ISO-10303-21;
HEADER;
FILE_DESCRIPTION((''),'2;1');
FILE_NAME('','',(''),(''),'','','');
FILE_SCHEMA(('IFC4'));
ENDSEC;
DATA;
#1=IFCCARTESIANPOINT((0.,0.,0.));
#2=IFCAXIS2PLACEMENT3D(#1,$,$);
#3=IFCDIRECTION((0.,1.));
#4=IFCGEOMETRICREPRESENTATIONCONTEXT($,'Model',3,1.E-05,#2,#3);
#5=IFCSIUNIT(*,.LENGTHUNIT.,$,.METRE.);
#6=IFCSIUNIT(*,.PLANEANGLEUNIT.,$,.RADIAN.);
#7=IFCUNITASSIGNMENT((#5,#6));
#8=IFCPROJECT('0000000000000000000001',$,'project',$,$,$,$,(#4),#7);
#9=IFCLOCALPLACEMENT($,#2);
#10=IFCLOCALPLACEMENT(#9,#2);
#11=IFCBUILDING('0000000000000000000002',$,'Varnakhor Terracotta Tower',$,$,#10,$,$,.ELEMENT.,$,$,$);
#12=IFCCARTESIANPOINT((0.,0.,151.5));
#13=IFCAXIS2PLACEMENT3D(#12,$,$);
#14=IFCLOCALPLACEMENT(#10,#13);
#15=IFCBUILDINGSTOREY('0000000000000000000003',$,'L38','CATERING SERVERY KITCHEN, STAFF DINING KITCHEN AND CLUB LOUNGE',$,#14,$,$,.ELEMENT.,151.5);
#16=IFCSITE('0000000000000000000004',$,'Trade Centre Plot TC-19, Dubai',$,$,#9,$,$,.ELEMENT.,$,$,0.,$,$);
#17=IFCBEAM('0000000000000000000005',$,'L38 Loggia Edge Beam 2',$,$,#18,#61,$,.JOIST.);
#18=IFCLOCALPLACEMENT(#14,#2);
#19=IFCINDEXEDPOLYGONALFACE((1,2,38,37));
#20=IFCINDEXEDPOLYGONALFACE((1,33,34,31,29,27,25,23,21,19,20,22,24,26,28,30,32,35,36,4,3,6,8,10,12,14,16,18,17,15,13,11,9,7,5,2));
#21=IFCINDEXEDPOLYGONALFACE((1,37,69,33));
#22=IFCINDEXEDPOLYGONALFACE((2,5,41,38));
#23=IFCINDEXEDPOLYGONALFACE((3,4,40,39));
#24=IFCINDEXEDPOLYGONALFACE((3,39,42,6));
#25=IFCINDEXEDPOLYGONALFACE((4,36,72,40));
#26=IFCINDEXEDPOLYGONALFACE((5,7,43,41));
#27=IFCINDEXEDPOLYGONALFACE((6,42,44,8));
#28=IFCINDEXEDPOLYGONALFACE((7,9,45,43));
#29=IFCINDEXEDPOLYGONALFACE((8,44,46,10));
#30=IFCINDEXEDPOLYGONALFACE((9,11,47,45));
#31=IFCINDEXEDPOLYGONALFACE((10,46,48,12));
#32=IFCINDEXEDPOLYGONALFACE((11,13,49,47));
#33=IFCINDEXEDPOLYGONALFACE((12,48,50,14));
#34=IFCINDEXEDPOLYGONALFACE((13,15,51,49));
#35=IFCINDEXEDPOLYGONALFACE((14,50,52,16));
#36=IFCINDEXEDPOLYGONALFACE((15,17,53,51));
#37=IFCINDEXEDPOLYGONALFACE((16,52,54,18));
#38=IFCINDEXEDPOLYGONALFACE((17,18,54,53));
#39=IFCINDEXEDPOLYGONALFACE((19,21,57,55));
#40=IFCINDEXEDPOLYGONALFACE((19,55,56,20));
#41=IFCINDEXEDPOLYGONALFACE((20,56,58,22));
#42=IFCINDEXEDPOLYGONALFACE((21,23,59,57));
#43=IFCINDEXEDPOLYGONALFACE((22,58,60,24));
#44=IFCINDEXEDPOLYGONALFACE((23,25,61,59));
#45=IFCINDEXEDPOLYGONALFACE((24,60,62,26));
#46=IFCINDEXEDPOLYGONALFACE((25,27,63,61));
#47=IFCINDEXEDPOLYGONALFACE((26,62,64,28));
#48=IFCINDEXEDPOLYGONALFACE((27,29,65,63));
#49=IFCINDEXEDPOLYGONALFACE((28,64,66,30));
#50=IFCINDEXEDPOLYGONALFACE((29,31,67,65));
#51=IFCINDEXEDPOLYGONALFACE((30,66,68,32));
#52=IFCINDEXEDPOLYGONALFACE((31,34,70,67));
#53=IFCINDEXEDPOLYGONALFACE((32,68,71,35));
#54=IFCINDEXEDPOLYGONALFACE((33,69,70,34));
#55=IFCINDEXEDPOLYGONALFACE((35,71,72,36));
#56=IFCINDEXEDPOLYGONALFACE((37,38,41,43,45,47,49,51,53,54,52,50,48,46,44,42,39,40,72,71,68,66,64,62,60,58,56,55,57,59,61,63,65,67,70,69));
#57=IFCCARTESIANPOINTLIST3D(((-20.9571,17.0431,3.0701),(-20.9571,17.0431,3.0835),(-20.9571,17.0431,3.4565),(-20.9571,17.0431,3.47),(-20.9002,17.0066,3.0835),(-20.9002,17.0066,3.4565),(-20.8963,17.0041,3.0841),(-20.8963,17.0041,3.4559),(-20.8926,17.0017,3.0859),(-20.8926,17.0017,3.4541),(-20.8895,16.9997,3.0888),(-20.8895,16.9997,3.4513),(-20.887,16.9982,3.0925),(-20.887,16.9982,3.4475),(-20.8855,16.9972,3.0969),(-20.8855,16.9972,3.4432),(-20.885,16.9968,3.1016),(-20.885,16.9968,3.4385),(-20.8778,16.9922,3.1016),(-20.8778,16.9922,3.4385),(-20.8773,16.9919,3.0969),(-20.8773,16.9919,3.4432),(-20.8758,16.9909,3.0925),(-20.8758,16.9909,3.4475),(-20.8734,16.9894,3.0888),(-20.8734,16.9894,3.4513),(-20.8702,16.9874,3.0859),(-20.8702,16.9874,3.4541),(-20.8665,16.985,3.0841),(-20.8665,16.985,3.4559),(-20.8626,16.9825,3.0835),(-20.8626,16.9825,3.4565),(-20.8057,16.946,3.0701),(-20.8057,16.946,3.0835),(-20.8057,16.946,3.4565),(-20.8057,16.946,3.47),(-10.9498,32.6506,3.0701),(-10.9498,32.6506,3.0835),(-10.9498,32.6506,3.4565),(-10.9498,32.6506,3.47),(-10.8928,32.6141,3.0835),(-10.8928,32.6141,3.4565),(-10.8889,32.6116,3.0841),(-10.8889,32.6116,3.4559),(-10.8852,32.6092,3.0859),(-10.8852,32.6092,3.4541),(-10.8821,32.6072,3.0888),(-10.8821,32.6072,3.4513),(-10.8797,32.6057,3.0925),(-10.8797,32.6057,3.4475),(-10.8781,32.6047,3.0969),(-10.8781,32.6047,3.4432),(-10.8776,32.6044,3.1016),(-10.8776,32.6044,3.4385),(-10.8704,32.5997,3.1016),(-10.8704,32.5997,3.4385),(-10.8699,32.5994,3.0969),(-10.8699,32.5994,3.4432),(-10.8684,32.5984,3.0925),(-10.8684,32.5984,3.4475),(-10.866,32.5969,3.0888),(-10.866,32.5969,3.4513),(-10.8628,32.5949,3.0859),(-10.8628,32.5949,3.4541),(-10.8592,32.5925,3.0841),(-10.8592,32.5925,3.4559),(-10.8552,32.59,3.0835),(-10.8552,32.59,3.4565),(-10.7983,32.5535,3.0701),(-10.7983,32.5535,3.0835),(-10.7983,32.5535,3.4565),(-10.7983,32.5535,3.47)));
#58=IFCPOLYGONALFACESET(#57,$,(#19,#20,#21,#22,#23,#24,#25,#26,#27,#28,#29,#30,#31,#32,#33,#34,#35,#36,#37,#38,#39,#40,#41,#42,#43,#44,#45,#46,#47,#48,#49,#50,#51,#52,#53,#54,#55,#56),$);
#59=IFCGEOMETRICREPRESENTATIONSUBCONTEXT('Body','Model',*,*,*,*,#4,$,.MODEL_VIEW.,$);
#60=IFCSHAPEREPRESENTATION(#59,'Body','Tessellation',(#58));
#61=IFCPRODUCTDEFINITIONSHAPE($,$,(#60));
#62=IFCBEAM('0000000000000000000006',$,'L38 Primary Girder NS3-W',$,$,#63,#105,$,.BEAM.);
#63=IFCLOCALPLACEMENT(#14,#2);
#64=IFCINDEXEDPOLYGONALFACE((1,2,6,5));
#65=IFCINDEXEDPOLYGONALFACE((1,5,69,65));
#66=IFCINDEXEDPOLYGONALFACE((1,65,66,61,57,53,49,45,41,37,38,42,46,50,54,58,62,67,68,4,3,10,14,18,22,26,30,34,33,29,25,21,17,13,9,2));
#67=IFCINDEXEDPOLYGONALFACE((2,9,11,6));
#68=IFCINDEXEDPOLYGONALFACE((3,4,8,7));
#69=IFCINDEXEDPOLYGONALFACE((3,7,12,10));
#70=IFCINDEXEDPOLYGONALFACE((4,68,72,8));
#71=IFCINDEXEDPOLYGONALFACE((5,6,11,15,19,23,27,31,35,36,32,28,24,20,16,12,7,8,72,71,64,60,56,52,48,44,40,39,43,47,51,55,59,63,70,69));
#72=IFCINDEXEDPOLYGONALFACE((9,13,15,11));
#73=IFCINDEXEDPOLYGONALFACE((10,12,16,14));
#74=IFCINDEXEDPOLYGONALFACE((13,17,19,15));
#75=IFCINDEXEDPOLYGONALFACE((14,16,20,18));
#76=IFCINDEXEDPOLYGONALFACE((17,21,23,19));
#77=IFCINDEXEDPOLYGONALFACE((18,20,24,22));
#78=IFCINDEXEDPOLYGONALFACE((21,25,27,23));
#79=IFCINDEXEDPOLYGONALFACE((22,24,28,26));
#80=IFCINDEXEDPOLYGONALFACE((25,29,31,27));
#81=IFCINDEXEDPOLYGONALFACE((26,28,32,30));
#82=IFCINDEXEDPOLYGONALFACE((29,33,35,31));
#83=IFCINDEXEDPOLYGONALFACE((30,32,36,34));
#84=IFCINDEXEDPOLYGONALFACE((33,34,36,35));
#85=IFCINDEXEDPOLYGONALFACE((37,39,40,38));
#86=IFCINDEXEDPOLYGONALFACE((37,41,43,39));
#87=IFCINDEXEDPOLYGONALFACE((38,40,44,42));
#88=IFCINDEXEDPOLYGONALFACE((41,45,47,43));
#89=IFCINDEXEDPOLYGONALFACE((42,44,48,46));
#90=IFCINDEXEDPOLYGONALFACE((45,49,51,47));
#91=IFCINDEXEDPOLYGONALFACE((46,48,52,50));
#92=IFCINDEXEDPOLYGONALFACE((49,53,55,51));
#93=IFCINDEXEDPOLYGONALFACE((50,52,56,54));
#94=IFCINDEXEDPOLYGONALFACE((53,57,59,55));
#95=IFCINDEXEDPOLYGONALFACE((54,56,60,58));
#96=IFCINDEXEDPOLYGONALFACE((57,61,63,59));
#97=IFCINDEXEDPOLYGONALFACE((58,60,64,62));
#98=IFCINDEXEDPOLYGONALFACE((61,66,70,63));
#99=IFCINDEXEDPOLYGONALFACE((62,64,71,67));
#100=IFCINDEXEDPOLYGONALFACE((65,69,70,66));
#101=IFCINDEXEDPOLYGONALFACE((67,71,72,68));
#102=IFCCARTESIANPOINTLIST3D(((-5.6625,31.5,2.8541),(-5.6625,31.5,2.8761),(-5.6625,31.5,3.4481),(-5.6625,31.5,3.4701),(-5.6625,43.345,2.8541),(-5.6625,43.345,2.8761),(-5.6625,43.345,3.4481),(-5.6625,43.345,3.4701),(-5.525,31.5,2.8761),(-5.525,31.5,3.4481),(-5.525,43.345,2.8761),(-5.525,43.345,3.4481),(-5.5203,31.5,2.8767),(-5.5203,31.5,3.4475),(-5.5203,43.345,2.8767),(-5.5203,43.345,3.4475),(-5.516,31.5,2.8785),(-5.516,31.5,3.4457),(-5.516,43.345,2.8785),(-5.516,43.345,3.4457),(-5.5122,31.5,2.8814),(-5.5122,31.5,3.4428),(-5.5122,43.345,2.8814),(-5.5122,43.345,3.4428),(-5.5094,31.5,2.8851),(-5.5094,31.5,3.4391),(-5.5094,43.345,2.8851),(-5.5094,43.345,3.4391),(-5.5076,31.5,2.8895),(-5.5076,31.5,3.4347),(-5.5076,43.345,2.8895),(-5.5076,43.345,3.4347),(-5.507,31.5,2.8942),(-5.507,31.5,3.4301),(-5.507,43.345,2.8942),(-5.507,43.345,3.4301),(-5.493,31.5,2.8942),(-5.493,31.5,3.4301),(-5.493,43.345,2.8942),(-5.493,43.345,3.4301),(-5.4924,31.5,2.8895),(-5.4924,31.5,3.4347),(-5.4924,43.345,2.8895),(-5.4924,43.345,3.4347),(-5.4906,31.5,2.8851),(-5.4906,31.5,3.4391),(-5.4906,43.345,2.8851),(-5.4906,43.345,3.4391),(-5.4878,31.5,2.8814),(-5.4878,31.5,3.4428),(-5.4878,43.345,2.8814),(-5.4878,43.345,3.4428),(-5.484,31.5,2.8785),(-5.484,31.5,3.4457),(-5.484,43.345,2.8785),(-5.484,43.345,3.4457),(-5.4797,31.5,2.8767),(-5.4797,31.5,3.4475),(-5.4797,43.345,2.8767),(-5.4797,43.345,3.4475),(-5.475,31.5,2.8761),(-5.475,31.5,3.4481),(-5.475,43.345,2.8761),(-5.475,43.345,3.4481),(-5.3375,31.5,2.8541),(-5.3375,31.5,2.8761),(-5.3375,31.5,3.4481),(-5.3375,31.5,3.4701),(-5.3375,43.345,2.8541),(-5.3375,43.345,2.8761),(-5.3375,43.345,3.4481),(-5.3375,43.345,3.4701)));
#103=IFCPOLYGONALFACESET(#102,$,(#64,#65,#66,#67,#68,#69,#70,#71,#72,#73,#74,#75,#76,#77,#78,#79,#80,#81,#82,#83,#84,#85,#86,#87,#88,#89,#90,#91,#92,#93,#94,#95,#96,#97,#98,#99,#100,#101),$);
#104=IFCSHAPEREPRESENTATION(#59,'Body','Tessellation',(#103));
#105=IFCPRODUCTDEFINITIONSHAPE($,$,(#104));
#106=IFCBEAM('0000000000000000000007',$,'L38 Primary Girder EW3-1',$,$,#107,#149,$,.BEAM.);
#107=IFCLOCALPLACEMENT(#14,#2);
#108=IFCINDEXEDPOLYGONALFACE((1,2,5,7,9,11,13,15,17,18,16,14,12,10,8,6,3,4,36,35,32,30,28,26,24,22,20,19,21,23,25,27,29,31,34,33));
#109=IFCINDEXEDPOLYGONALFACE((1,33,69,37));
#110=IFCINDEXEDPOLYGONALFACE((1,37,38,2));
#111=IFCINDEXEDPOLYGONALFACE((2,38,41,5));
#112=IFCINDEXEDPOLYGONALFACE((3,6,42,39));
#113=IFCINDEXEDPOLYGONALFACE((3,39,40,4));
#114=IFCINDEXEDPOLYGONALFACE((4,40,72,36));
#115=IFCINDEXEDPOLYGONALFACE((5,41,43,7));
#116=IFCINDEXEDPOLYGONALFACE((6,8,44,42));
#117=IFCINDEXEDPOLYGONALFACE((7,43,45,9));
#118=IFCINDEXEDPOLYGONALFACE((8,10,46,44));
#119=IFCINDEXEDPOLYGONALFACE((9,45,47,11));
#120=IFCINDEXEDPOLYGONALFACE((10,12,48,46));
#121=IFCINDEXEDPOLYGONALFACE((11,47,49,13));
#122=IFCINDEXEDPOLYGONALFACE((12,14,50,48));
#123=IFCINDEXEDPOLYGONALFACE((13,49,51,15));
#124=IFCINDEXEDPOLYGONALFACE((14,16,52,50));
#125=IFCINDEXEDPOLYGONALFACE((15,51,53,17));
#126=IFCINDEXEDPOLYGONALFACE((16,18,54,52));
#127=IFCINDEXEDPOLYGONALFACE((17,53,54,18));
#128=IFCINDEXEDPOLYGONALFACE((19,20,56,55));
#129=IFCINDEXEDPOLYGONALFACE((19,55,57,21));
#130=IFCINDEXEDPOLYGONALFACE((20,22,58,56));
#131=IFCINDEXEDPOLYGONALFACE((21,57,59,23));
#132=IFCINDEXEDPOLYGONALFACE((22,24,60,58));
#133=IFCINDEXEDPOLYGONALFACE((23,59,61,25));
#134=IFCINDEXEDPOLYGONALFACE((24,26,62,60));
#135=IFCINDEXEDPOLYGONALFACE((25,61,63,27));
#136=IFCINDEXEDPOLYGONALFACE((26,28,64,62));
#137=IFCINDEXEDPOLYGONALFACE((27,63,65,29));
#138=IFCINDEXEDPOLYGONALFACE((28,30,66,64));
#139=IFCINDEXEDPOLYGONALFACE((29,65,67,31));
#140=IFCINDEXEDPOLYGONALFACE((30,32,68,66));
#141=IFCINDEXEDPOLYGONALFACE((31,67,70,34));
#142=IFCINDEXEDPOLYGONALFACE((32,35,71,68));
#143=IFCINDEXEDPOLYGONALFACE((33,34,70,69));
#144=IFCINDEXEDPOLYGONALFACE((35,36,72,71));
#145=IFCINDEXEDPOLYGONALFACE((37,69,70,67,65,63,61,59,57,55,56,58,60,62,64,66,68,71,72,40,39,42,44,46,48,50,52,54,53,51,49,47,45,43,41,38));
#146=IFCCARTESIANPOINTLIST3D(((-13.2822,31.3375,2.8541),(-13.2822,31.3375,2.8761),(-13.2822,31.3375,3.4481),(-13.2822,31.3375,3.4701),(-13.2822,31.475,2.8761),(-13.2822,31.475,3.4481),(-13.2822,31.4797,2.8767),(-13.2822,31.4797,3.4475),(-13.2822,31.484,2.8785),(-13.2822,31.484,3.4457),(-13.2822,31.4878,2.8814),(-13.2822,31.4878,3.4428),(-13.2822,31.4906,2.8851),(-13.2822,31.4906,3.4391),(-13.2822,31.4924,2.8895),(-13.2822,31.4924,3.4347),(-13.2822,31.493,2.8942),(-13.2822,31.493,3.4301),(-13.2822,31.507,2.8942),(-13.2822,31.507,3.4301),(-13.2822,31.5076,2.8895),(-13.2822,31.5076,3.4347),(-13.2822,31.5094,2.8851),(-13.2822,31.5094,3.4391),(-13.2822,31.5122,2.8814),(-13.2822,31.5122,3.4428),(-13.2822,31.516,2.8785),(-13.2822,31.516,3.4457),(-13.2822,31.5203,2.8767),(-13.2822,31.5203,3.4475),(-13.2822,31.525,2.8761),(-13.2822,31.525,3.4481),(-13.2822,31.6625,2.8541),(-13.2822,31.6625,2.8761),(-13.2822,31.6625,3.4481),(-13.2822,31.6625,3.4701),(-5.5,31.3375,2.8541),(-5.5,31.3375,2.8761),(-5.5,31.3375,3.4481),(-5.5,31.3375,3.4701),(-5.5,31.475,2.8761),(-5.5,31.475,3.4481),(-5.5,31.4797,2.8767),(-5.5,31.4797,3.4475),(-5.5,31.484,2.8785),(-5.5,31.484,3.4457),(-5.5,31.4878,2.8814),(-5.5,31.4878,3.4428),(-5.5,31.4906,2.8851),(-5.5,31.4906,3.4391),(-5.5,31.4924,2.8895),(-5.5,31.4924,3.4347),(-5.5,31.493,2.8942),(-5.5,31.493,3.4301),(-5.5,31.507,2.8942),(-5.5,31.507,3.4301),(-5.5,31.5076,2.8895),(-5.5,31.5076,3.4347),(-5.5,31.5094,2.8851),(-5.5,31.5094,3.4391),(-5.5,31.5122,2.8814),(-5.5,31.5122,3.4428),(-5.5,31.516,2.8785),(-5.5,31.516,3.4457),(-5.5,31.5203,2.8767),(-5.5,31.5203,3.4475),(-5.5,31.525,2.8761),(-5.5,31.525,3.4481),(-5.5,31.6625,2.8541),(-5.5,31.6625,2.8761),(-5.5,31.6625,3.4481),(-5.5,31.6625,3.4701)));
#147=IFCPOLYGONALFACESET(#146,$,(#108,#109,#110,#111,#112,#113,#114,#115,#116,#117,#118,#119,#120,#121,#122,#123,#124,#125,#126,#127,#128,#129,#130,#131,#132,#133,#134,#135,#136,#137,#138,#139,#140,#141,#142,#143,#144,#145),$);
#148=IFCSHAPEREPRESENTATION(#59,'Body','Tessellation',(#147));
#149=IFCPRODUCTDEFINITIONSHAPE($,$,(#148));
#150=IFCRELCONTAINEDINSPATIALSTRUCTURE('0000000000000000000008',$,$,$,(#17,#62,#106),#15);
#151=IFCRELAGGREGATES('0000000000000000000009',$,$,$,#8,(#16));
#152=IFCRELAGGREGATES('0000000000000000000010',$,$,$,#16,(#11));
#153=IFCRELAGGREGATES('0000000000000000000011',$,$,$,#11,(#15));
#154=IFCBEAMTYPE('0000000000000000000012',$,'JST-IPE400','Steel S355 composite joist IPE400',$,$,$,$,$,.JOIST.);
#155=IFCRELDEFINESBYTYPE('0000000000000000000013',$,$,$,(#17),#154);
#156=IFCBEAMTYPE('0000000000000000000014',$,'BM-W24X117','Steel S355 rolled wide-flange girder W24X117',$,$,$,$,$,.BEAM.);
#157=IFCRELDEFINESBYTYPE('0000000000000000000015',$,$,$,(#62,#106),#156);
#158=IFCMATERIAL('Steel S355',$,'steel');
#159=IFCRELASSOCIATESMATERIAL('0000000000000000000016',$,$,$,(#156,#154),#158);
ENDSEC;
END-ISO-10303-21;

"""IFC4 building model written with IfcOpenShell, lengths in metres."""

from ifc_helpers import new_model, si_unit, direction, frame, origin, origin_2d, place, context, subcontext, project, spatial, i_section, extrude, source, transform, mapped, material, material_profile, profile_set, type_object, element, save


model = new_model("IFC4")

# Units and contexts
model_context = context("Model", 3, precision=1e-05, world=origin(), true_north=direction((0.0, 1.0)))
body_context = subcontext(model_context, "Body", "Model", "MODEL_VIEW")
ifc_project = project(units=[si_unit("LENGTHUNIT", "METRE"), si_unit("PLANEANGLEUNIT", "RADIAN")], contexts=[model_context])

# Site, building, storey
site_placement = place(None, origin())
site = spatial("IfcSite", under=ifc_project, at=site_placement, Name="Trade Centre Plot TC-19, Dubai", CompositionType="ELEMENT", RefElevation=0.0)
building_placement = place(site_placement, origin())
building = spatial("IfcBuilding", under=site, at=building_placement, Name="Varnakhor Terracotta Tower", CompositionType="ELEMENT")
storey_placement = place(building_placement, frame((0.0, 0.0, 151.5)))
storey = spatial("IfcBuildingStorey", under=building, at=storey_placement, Name="L38", Description="CATERING SERVERY KITCHEN, STAFF DINING KITCHEN AND CLUB LOUNGE", CompositionType="ELEMENT", Elevation=151.5)

# Beams
ifc_material_1 = material(Name="Steel S355", Category="steel")
ifc_material_profile_1 = material_profile(ifc_material_1, i_section(OverallWidth=0.325, OverallDepth=0.616, WebThickness=0.0139, FlangeThickness=0.022, FilletRadius=0.0181, at=origin_2d()), Name="W24X117")
ifc_profile_set_1 = profile_set([ifc_material_profile_1], Name="Steel S355")
beam_type_1 = type_object("IfcBeamType", Name="BM-W24X117", Description="Steel S355 rolled wide-flange girder W24X117", PredefinedType="BEAM", material=ifc_profile_set_1)
ifc_material_profile_2 = material_profile(ifc_material_1, i_section(OverallWidth=0.1799, OverallDepth=0.3999, WebThickness=0.0085, FlangeThickness=0.0134, FilletRadius=0.0181, at=origin_2d()), Name="IPE400")
ifc_profile_set_2 = profile_set([ifc_material_profile_2], Name="Steel S355")
beam_type_2 = type_object("IfcBeamType", Name="JST-IPE400", Description="Steel S355 composite joist IPE400", PredefinedType="JOIST", material=ifc_profile_set_2)
shared_shape_1 = source(origin(), body_context, "Body", "SweptSolid", [
    extrude(i_section(OverallWidth=0.1799, OverallDepth=0.3999, WebThickness=0.0085, FlangeThickness=0.0134, FilletRadius=0.0181, at=origin_2d()), origin(), (0.0, 0.0, 1.0), 18.5403),
])
beam_1_placement = place(storey_placement, frame((-10.874, 32.6021, 3.27), z_axis=(-0.539764, -0.841816, 0.0), x_axis=(0.841816, -0.539764, 0.0)))
element("IfcBeam", 1, at=beam_1_placement, inside=storey, type_object=beam_type_2, Name="L38 Loggia Edge Beam 2", PredefinedType="JOIST", context=body_context, shape_type="MappedRepresentation", body=[
    mapped(shared_shape_1, transform((0.0, 0.0, 0.0), scale=1.0)),
])
shared_shape_2 = source(origin(), body_context, "Body", "SweptSolid", [
    extrude(i_section(OverallWidth=0.325, OverallDepth=0.616, WebThickness=0.0139, FlangeThickness=0.022, FilletRadius=0.0181, at=origin_2d()), origin(), (0.0, 0.0, 1.0), 11.845),
])
beam_2_placement = place(storey_placement, frame((-5.5, 31.5, 3.1621), z_axis=(0.0, 1.0, 0.0), x_axis=(-1.0, 0.0, 0.0)))
element("IfcBeam", 2, at=beam_2_placement, inside=storey, type_object=beam_type_1, Name="L38 Primary Girder NS3-W", PredefinedType="BEAM", context=body_context, shape_type="MappedRepresentation", body=[
    mapped(shared_shape_2, transform((0.0, 0.0, 0.0), scale=1.0)),
])
shared_shape_3 = source(origin(), body_context, "Body", "SweptSolid", [
    extrude(i_section(OverallWidth=0.325, OverallDepth=0.616, WebThickness=0.0139, FlangeThickness=0.022, FilletRadius=0.0181, at=origin_2d()), origin(), (0.0, 0.0, 1.0), 7.7822),
])
beam_3_placement = place(storey_placement, frame((-13.2822, 31.5, 3.1621), z_axis=(1.0, 0.0, 0.0), x_axis=(0.0, 1.0, 0.0)))
element("IfcBeam", 3, at=beam_3_placement, inside=storey, type_object=beam_type_1, Name="L38 Primary Girder EW3-1", PredefinedType="BEAM", context=body_context, shape_type="MappedRepresentation", body=[
    mapped(shared_shape_3, transform((0.0, 0.0, 0.0), scale=1.0)),
])

save(model, "model.ifc")
